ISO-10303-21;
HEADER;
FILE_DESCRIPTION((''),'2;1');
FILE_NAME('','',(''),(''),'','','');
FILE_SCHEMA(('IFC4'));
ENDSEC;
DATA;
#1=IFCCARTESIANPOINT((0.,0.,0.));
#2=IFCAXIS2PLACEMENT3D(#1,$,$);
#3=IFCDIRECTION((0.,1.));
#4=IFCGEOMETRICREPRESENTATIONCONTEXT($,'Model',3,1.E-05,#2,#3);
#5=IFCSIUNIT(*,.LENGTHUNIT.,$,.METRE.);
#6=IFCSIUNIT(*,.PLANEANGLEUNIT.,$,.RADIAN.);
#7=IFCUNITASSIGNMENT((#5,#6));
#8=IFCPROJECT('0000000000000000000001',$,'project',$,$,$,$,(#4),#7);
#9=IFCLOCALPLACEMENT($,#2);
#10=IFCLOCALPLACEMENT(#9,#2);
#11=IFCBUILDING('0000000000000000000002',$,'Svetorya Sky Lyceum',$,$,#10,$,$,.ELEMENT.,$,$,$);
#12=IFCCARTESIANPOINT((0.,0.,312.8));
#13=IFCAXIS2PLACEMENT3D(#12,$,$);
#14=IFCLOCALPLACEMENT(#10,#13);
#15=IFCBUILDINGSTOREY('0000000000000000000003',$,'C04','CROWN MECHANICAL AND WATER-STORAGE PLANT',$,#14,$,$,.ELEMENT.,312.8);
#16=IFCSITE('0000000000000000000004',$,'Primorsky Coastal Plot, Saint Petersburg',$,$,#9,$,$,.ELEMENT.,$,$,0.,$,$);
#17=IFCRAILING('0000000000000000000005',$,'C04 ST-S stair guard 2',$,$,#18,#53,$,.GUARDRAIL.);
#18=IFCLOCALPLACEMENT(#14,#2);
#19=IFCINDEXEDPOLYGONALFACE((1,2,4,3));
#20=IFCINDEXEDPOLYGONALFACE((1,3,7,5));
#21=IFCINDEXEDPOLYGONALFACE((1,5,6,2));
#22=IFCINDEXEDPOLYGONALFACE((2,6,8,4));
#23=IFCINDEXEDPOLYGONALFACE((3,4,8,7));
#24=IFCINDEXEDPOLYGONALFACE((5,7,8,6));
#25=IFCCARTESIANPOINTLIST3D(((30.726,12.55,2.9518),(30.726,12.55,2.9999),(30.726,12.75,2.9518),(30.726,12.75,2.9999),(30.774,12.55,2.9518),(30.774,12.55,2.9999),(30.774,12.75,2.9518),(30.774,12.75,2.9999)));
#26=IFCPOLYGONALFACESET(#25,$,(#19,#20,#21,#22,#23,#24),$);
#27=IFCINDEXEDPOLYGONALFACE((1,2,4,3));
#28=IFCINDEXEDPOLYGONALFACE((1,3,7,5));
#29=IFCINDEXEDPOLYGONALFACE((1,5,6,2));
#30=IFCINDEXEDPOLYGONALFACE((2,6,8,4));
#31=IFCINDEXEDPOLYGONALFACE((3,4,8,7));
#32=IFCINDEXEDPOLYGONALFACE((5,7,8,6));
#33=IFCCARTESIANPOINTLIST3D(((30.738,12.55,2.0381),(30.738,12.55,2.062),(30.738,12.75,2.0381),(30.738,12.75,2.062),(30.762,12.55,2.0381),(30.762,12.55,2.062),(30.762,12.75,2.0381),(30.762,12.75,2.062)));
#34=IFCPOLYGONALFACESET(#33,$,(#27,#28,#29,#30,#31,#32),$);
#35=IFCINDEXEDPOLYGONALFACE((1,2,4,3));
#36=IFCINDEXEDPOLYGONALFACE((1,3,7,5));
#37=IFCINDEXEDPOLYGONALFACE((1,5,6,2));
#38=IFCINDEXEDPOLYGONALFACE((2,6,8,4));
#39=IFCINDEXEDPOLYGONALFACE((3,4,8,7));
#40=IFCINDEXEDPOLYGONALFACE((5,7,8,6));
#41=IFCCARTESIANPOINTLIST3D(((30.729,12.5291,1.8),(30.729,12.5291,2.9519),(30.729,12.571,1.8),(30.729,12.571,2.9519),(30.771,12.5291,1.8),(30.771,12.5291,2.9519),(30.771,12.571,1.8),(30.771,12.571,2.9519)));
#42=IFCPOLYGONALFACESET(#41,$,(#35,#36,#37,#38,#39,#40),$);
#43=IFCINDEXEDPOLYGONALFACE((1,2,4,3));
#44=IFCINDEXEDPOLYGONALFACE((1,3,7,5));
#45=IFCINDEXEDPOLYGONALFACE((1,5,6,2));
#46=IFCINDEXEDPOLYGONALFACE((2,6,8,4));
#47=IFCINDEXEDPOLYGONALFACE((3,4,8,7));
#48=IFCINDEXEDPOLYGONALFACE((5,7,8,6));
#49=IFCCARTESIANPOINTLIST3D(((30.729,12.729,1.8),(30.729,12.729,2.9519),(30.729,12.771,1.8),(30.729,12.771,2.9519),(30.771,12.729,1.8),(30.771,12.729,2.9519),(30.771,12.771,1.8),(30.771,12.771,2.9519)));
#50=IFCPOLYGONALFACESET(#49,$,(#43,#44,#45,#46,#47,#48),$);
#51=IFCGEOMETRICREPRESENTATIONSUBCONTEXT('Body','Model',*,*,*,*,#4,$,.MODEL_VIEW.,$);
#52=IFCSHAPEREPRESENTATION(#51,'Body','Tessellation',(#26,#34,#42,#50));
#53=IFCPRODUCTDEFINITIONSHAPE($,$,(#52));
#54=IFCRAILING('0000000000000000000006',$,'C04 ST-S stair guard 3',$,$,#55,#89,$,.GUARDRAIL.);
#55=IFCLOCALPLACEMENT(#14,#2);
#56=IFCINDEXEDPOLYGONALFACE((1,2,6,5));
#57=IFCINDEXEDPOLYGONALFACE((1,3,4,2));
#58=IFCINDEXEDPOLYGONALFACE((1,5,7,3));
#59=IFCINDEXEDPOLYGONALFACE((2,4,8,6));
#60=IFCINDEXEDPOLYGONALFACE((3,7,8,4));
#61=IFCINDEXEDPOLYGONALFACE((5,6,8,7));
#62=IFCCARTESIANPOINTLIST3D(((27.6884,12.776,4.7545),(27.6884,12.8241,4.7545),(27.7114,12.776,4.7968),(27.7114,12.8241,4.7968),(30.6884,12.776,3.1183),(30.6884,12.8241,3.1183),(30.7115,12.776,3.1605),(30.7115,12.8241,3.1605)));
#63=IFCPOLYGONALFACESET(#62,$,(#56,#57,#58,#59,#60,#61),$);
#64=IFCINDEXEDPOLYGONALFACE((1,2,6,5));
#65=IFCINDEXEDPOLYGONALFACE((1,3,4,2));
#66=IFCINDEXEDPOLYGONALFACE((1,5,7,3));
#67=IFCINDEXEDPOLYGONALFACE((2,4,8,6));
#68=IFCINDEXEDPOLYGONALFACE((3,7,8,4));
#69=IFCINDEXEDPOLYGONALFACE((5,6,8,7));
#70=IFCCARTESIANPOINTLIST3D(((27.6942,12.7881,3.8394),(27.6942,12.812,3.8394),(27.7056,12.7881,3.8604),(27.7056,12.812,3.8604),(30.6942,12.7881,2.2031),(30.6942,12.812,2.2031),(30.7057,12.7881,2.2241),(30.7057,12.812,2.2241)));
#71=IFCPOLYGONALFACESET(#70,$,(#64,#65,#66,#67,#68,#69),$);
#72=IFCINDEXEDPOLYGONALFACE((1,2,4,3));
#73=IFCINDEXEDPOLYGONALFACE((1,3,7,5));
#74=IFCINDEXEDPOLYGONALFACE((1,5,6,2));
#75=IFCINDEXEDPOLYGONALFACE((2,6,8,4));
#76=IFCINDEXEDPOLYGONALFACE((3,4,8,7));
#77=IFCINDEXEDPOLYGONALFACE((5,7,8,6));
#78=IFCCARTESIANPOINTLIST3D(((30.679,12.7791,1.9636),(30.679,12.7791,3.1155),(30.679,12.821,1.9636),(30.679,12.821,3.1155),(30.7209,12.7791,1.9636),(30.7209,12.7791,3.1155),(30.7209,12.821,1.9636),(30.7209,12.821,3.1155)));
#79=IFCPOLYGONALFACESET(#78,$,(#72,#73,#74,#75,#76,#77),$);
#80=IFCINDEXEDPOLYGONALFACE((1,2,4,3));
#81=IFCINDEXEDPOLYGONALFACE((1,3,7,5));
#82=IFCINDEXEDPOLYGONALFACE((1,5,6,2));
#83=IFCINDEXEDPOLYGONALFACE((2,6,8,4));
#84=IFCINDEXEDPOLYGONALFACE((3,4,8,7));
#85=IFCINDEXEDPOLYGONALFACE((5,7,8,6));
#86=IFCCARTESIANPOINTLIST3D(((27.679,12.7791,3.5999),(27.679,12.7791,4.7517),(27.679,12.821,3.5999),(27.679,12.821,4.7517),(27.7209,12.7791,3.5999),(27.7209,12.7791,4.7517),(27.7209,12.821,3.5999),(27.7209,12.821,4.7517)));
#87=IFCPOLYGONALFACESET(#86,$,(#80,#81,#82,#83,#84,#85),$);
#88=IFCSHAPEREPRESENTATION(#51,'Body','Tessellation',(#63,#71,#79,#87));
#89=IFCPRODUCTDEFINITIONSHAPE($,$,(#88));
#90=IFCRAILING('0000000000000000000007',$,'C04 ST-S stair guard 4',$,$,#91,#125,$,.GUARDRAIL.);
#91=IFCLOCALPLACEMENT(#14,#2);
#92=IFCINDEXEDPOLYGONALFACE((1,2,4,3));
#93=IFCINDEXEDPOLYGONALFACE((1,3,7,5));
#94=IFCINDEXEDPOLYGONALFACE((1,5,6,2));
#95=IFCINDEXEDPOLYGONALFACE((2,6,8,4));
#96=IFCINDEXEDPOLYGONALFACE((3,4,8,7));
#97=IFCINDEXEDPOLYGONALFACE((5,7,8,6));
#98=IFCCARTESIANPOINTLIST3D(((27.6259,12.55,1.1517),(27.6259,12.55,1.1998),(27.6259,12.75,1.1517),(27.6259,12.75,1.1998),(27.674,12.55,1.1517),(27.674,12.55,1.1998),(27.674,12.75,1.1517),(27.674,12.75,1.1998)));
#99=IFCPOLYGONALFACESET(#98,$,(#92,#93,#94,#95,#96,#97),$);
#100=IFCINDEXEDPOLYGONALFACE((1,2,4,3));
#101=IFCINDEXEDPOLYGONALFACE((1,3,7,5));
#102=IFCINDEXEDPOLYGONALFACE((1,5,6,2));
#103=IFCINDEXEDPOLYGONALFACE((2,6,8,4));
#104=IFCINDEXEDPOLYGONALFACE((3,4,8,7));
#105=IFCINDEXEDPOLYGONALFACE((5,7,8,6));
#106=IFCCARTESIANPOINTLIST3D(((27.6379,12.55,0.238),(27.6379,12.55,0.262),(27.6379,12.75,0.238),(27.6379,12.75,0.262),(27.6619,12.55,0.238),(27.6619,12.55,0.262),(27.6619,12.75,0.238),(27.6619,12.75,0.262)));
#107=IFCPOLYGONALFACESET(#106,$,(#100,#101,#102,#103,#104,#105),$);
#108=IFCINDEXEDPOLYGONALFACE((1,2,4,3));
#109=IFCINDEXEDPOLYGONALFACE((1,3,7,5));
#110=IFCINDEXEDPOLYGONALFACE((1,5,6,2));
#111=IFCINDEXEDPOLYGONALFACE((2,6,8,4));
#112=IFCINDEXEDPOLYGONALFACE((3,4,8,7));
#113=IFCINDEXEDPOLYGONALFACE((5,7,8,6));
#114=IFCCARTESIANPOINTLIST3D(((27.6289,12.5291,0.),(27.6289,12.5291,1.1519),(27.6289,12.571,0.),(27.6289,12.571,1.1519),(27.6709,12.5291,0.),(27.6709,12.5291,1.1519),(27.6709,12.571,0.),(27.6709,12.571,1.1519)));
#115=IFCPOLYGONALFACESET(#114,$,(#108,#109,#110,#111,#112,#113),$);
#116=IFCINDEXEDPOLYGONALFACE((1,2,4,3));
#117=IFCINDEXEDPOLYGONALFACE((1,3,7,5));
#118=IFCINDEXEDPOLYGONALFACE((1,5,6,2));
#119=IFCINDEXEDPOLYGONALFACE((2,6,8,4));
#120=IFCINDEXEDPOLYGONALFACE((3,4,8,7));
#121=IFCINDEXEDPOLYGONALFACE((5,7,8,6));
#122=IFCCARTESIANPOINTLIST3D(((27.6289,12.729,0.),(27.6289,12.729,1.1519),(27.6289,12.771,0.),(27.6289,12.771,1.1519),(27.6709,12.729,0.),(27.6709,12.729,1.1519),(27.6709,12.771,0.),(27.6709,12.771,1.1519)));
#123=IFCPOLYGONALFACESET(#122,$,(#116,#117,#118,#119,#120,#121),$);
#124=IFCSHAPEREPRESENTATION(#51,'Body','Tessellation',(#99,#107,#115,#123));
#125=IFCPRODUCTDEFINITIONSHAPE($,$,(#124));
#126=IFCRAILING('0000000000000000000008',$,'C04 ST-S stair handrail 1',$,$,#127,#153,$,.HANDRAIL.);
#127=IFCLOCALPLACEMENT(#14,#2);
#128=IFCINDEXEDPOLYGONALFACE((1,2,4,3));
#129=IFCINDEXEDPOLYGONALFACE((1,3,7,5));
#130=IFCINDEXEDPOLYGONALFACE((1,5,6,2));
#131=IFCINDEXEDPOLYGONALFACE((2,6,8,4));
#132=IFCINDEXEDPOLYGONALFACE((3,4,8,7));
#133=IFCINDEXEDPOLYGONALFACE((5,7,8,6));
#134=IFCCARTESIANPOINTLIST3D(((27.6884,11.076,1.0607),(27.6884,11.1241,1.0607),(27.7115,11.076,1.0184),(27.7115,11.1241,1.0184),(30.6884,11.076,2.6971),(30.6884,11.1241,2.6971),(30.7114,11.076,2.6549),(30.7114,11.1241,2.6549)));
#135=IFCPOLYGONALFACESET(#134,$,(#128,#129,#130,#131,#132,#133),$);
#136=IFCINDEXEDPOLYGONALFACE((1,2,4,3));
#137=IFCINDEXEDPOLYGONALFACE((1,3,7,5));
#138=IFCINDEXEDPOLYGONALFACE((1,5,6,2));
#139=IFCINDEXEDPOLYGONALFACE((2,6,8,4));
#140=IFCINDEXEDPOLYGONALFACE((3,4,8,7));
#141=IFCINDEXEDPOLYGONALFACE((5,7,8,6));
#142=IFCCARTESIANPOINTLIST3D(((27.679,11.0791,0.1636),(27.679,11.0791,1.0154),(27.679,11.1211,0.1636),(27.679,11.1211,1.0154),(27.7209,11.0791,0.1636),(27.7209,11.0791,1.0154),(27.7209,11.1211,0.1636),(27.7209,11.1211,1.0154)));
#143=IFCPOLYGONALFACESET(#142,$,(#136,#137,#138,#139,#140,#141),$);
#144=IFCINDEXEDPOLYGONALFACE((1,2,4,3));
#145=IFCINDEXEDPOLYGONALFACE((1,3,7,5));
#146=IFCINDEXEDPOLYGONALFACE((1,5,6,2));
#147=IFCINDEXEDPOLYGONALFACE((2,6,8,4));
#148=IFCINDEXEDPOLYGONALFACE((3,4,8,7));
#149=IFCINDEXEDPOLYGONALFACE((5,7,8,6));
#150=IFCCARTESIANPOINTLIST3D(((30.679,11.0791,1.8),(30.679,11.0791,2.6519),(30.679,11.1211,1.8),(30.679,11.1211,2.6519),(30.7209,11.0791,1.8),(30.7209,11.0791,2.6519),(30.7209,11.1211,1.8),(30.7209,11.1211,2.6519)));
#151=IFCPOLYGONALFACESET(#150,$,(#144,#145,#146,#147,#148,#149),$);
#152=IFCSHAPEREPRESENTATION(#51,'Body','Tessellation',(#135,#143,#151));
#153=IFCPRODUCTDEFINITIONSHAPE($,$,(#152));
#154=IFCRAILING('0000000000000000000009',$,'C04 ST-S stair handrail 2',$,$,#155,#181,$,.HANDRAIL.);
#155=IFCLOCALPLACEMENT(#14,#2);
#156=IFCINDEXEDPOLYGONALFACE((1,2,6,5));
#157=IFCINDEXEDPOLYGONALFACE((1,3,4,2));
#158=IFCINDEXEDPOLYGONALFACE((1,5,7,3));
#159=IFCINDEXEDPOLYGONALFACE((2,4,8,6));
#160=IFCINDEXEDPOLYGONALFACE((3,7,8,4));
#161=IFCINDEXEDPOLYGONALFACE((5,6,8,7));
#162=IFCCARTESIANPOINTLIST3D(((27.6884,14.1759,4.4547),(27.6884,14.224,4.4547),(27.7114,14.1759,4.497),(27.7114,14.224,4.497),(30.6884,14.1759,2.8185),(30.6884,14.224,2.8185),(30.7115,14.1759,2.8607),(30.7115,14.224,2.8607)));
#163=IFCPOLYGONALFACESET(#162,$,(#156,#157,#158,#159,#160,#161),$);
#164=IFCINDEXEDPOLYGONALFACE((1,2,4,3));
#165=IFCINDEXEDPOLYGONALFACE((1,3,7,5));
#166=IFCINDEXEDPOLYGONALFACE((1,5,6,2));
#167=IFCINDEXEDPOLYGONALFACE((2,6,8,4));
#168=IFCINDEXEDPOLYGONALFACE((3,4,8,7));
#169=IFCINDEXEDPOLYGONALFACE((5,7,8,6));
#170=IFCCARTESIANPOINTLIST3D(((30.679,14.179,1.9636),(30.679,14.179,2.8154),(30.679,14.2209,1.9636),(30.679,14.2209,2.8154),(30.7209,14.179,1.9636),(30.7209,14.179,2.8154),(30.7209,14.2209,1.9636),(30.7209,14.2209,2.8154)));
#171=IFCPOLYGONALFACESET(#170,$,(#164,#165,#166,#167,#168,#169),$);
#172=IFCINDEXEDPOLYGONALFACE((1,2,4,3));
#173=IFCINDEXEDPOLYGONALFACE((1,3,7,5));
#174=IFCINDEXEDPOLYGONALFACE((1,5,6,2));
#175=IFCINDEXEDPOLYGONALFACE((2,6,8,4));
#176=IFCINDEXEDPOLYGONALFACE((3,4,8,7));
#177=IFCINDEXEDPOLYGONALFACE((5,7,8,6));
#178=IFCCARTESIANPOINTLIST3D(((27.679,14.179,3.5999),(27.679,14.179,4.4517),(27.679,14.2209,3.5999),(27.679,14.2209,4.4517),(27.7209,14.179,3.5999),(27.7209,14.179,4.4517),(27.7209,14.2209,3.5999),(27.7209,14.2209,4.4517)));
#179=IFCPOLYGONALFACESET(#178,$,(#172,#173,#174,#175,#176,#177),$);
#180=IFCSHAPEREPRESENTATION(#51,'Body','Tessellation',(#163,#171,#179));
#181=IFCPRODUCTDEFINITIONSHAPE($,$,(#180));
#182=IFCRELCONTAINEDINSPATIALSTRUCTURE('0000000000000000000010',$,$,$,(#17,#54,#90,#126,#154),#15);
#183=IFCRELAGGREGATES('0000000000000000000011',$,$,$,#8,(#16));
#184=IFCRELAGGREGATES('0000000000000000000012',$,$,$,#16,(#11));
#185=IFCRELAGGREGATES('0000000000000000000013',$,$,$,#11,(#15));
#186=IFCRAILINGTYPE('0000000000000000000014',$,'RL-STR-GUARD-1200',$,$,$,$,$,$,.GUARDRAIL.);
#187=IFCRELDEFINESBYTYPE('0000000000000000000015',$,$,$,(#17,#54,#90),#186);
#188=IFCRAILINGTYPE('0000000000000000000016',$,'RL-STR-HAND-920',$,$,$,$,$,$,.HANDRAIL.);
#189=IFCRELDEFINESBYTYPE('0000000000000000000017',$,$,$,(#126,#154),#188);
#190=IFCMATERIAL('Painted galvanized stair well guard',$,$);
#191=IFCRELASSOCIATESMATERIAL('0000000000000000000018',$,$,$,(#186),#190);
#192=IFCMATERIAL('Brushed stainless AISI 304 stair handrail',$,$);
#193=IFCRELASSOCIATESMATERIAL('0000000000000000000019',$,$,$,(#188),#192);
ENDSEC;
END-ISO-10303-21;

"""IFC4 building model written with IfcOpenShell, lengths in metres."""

from ifc_helpers import new_model, si_unit, direction, frame, origin, origin_2d, place, context, subcontext, project, spatial, rectangle, extrude, material, type_object, element, save


model = new_model("IFC4")

# Units and contexts
model_context = context("Model", 3, precision=1e-05, world=origin(), true_north=direction((0.0, 1.0)))
body_context = subcontext(model_context, "Body", "Model", "MODEL_VIEW")
ifc_project = project(units=[si_unit("LENGTHUNIT", "METRE"), si_unit("PLANEANGLEUNIT", "RADIAN")], contexts=[model_context])

# Site, building, storey
site_placement = place(None, origin())
site = spatial("IfcSite", under=ifc_project, at=site_placement, Name="Primorsky Coastal Plot, Saint Petersburg", CompositionType="ELEMENT", RefElevation=0.0)
building_placement = place(site_placement, origin())
building = spatial("IfcBuilding", under=site, at=building_placement, Name="Svetorya Sky Lyceum", CompositionType="ELEMENT")
storey_placement = place(building_placement, frame((0.0, 0.0, 312.8)))
storey = spatial("IfcBuildingStorey", under=building, at=storey_placement, Name="C04", Description="CROWN MECHANICAL AND WATER-STORAGE PLANT", CompositionType="ELEMENT", Elevation=312.8)

# Railings
ifc_material_1 = material(Name="Painted galvanized stair well guard")
railing_type_1 = type_object("IfcRailingType", Name="RL-STR-GUARD-1200", PredefinedType="GUARDRAIL", material=ifc_material_1)
railing_1_placement = place(storey_placement, frame((30.75, 12.55, 1.8)))
element("IfcRailing", 1, at=railing_1_placement, inside=storey, type_object=railing_type_1, Name="C04 ST-S stair guard 2", PredefinedType="GUARDRAIL", context=body_context, shape_type="SweptSolid", body=[
    extrude(rectangle(XDim=0.0481, YDim=0.0481, at=origin_2d()), frame((0.0, 0.0, 1.1758), z_axis=(0.0, 1.0, 0.0), x_axis=(-1.0, 0.0, 0.0)), (0.0, 0.0, 1.0), 0.2),
    extrude(rectangle(XDim=0.0239, YDim=0.0239, at=origin_2d()), frame((0.0, 0.0, 0.25), z_axis=(0.0, 1.0, 0.0), x_axis=(-1.0, 0.0, 0.0)), (0.0, 0.0, 1.0), 0.2),
    extrude(rectangle(XDim=0.042, YDim=0.042, at=origin_2d()), origin(), (0.0, 0.0, 1.0), 1.1519),
    extrude(rectangle(XDim=0.042, YDim=0.042, at=origin_2d()), frame((0.0, 0.2, 0.0)), (0.0, 0.0, 1.0), 1.1519),
])
railing_2_placement = place(storey_placement, frame((30.7, 12.8, 1.9636)))
element("IfcRailing", 2, at=railing_2_placement, inside=storey, type_object=railing_type_1, Name="C04 ST-S stair guard 3", PredefinedType="GUARDRAIL", context=body_context, shape_type="SweptSolid", body=[
    extrude(rectangle(XDim=0.0481, YDim=0.0481, at=origin_2d()), frame((0.0, 0.0, 1.1758), z_axis=(-0.877912, 0.0, 0.478822), x_axis=(0.0, -1.0, 0.0)), (0.0, 0.0, 1.0), 3.4172),
    extrude(rectangle(XDim=0.0239, YDim=0.0239, at=origin_2d()), frame((0.0, 0.0, 0.25), z_axis=(-0.877912, 0.0, 0.478822), x_axis=(0.0, -1.0, 0.0)), (0.0, 0.0, 1.0), 3.4172),
    extrude(rectangle(XDim=0.042, YDim=0.042, at=origin_2d()), origin(), (0.0, 0.0, 1.0), 1.1519),
    extrude(rectangle(XDim=0.042, YDim=0.042, at=origin_2d()), frame((-3.0, 0.0, 1.6362)), (0.0, 0.0, 1.0), 1.1519),
])
railing_3_placement = place(storey_placement, frame((27.6499, 12.55, 0.0)))
element("IfcRailing", 3, at=railing_3_placement, inside=storey, type_object=railing_type_1, Name="C04 ST-S stair guard 4", PredefinedType="GUARDRAIL", context=body_context, shape_type="SweptSolid", body=[
    extrude(rectangle(XDim=0.0481, YDim=0.0481, at=origin_2d()), frame((0.0, 0.0, 1.1758), z_axis=(0.0, 1.0, 0.0), x_axis=(-1.0, 0.0, 0.0)), (0.0, 0.0, 1.0), 0.2),
    extrude(rectangle(XDim=0.0239, YDim=0.0239, at=origin_2d()), frame((0.0, 0.0, 0.25), z_axis=(0.0, 1.0, 0.0), x_axis=(-1.0, 0.0, 0.0)), (0.0, 0.0, 1.0), 0.2),
    extrude(rectangle(XDim=0.042, YDim=0.042, at=origin_2d()), origin(), (0.0, 0.0, 1.0), 1.1519),
    extrude(rectangle(XDim=0.042, YDim=0.042, at=origin_2d()), frame((0.0, 0.2, 0.0)), (0.0, 0.0, 1.0), 1.1519),
])
ifc_material_2 = material(Name="Brushed stainless AISI 304 stair handrail")
railing_type_2 = type_object("IfcRailingType", Name="RL-STR-HAND-920", PredefinedType="HANDRAIL", material=ifc_material_2)
railing_4_placement = place(storey_placement, frame((27.7, 11.1001, 0.1636)))
element("IfcRailing", 4, at=railing_4_placement, inside=storey, type_object=railing_type_2, Name="C04 ST-S stair handrail 1", PredefinedType="HANDRAIL", context=body_context, shape_type="SweptSolid", body=[
    extrude(rectangle(XDim=0.0481, YDim=0.0481, at=origin_2d()), frame((0.0, 0.0, 0.876), z_axis=(0.877882, 0.0, 0.478877), x_axis=(0.0, 1.0, 0.0)), (0.0, 0.0, 1.0), 3.4172),
    extrude(rectangle(XDim=0.042, YDim=0.042, at=origin_2d()), origin(), (0.0, 0.0, 1.0), 0.8518),
    extrude(rectangle(XDim=0.042, YDim=0.042, at=origin_2d()), frame((3.0, 0.0, 1.6365)), (0.0, 0.0, 1.0), 0.8518),
])
railing_5_placement = place(storey_placement, frame((30.7, 14.2, 1.9636)))
element("IfcRailing", 5, at=railing_5_placement, inside=storey, type_object=railing_type_2, Name="C04 ST-S stair handrail 2", PredefinedType="HANDRAIL", context=body_context, shape_type="SweptSolid", body=[
    extrude(rectangle(XDim=0.0481, YDim=0.0481, at=origin_2d()), frame((0.0, 0.0, 0.876), z_axis=(-0.877912, 0.0, 0.478822), x_axis=(0.0, -1.0, 0.0)), (0.0, 0.0, 1.0), 3.4172),
    extrude(rectangle(XDim=0.042, YDim=0.042, at=origin_2d()), origin(), (0.0, 0.0, 1.0), 0.8518),
    extrude(rectangle(XDim=0.042, YDim=0.042, at=origin_2d()), frame((-3.0, 0.0, 1.6362)), (0.0, 0.0, 1.0), 0.8518),
])

save(model, "model.ifc")
